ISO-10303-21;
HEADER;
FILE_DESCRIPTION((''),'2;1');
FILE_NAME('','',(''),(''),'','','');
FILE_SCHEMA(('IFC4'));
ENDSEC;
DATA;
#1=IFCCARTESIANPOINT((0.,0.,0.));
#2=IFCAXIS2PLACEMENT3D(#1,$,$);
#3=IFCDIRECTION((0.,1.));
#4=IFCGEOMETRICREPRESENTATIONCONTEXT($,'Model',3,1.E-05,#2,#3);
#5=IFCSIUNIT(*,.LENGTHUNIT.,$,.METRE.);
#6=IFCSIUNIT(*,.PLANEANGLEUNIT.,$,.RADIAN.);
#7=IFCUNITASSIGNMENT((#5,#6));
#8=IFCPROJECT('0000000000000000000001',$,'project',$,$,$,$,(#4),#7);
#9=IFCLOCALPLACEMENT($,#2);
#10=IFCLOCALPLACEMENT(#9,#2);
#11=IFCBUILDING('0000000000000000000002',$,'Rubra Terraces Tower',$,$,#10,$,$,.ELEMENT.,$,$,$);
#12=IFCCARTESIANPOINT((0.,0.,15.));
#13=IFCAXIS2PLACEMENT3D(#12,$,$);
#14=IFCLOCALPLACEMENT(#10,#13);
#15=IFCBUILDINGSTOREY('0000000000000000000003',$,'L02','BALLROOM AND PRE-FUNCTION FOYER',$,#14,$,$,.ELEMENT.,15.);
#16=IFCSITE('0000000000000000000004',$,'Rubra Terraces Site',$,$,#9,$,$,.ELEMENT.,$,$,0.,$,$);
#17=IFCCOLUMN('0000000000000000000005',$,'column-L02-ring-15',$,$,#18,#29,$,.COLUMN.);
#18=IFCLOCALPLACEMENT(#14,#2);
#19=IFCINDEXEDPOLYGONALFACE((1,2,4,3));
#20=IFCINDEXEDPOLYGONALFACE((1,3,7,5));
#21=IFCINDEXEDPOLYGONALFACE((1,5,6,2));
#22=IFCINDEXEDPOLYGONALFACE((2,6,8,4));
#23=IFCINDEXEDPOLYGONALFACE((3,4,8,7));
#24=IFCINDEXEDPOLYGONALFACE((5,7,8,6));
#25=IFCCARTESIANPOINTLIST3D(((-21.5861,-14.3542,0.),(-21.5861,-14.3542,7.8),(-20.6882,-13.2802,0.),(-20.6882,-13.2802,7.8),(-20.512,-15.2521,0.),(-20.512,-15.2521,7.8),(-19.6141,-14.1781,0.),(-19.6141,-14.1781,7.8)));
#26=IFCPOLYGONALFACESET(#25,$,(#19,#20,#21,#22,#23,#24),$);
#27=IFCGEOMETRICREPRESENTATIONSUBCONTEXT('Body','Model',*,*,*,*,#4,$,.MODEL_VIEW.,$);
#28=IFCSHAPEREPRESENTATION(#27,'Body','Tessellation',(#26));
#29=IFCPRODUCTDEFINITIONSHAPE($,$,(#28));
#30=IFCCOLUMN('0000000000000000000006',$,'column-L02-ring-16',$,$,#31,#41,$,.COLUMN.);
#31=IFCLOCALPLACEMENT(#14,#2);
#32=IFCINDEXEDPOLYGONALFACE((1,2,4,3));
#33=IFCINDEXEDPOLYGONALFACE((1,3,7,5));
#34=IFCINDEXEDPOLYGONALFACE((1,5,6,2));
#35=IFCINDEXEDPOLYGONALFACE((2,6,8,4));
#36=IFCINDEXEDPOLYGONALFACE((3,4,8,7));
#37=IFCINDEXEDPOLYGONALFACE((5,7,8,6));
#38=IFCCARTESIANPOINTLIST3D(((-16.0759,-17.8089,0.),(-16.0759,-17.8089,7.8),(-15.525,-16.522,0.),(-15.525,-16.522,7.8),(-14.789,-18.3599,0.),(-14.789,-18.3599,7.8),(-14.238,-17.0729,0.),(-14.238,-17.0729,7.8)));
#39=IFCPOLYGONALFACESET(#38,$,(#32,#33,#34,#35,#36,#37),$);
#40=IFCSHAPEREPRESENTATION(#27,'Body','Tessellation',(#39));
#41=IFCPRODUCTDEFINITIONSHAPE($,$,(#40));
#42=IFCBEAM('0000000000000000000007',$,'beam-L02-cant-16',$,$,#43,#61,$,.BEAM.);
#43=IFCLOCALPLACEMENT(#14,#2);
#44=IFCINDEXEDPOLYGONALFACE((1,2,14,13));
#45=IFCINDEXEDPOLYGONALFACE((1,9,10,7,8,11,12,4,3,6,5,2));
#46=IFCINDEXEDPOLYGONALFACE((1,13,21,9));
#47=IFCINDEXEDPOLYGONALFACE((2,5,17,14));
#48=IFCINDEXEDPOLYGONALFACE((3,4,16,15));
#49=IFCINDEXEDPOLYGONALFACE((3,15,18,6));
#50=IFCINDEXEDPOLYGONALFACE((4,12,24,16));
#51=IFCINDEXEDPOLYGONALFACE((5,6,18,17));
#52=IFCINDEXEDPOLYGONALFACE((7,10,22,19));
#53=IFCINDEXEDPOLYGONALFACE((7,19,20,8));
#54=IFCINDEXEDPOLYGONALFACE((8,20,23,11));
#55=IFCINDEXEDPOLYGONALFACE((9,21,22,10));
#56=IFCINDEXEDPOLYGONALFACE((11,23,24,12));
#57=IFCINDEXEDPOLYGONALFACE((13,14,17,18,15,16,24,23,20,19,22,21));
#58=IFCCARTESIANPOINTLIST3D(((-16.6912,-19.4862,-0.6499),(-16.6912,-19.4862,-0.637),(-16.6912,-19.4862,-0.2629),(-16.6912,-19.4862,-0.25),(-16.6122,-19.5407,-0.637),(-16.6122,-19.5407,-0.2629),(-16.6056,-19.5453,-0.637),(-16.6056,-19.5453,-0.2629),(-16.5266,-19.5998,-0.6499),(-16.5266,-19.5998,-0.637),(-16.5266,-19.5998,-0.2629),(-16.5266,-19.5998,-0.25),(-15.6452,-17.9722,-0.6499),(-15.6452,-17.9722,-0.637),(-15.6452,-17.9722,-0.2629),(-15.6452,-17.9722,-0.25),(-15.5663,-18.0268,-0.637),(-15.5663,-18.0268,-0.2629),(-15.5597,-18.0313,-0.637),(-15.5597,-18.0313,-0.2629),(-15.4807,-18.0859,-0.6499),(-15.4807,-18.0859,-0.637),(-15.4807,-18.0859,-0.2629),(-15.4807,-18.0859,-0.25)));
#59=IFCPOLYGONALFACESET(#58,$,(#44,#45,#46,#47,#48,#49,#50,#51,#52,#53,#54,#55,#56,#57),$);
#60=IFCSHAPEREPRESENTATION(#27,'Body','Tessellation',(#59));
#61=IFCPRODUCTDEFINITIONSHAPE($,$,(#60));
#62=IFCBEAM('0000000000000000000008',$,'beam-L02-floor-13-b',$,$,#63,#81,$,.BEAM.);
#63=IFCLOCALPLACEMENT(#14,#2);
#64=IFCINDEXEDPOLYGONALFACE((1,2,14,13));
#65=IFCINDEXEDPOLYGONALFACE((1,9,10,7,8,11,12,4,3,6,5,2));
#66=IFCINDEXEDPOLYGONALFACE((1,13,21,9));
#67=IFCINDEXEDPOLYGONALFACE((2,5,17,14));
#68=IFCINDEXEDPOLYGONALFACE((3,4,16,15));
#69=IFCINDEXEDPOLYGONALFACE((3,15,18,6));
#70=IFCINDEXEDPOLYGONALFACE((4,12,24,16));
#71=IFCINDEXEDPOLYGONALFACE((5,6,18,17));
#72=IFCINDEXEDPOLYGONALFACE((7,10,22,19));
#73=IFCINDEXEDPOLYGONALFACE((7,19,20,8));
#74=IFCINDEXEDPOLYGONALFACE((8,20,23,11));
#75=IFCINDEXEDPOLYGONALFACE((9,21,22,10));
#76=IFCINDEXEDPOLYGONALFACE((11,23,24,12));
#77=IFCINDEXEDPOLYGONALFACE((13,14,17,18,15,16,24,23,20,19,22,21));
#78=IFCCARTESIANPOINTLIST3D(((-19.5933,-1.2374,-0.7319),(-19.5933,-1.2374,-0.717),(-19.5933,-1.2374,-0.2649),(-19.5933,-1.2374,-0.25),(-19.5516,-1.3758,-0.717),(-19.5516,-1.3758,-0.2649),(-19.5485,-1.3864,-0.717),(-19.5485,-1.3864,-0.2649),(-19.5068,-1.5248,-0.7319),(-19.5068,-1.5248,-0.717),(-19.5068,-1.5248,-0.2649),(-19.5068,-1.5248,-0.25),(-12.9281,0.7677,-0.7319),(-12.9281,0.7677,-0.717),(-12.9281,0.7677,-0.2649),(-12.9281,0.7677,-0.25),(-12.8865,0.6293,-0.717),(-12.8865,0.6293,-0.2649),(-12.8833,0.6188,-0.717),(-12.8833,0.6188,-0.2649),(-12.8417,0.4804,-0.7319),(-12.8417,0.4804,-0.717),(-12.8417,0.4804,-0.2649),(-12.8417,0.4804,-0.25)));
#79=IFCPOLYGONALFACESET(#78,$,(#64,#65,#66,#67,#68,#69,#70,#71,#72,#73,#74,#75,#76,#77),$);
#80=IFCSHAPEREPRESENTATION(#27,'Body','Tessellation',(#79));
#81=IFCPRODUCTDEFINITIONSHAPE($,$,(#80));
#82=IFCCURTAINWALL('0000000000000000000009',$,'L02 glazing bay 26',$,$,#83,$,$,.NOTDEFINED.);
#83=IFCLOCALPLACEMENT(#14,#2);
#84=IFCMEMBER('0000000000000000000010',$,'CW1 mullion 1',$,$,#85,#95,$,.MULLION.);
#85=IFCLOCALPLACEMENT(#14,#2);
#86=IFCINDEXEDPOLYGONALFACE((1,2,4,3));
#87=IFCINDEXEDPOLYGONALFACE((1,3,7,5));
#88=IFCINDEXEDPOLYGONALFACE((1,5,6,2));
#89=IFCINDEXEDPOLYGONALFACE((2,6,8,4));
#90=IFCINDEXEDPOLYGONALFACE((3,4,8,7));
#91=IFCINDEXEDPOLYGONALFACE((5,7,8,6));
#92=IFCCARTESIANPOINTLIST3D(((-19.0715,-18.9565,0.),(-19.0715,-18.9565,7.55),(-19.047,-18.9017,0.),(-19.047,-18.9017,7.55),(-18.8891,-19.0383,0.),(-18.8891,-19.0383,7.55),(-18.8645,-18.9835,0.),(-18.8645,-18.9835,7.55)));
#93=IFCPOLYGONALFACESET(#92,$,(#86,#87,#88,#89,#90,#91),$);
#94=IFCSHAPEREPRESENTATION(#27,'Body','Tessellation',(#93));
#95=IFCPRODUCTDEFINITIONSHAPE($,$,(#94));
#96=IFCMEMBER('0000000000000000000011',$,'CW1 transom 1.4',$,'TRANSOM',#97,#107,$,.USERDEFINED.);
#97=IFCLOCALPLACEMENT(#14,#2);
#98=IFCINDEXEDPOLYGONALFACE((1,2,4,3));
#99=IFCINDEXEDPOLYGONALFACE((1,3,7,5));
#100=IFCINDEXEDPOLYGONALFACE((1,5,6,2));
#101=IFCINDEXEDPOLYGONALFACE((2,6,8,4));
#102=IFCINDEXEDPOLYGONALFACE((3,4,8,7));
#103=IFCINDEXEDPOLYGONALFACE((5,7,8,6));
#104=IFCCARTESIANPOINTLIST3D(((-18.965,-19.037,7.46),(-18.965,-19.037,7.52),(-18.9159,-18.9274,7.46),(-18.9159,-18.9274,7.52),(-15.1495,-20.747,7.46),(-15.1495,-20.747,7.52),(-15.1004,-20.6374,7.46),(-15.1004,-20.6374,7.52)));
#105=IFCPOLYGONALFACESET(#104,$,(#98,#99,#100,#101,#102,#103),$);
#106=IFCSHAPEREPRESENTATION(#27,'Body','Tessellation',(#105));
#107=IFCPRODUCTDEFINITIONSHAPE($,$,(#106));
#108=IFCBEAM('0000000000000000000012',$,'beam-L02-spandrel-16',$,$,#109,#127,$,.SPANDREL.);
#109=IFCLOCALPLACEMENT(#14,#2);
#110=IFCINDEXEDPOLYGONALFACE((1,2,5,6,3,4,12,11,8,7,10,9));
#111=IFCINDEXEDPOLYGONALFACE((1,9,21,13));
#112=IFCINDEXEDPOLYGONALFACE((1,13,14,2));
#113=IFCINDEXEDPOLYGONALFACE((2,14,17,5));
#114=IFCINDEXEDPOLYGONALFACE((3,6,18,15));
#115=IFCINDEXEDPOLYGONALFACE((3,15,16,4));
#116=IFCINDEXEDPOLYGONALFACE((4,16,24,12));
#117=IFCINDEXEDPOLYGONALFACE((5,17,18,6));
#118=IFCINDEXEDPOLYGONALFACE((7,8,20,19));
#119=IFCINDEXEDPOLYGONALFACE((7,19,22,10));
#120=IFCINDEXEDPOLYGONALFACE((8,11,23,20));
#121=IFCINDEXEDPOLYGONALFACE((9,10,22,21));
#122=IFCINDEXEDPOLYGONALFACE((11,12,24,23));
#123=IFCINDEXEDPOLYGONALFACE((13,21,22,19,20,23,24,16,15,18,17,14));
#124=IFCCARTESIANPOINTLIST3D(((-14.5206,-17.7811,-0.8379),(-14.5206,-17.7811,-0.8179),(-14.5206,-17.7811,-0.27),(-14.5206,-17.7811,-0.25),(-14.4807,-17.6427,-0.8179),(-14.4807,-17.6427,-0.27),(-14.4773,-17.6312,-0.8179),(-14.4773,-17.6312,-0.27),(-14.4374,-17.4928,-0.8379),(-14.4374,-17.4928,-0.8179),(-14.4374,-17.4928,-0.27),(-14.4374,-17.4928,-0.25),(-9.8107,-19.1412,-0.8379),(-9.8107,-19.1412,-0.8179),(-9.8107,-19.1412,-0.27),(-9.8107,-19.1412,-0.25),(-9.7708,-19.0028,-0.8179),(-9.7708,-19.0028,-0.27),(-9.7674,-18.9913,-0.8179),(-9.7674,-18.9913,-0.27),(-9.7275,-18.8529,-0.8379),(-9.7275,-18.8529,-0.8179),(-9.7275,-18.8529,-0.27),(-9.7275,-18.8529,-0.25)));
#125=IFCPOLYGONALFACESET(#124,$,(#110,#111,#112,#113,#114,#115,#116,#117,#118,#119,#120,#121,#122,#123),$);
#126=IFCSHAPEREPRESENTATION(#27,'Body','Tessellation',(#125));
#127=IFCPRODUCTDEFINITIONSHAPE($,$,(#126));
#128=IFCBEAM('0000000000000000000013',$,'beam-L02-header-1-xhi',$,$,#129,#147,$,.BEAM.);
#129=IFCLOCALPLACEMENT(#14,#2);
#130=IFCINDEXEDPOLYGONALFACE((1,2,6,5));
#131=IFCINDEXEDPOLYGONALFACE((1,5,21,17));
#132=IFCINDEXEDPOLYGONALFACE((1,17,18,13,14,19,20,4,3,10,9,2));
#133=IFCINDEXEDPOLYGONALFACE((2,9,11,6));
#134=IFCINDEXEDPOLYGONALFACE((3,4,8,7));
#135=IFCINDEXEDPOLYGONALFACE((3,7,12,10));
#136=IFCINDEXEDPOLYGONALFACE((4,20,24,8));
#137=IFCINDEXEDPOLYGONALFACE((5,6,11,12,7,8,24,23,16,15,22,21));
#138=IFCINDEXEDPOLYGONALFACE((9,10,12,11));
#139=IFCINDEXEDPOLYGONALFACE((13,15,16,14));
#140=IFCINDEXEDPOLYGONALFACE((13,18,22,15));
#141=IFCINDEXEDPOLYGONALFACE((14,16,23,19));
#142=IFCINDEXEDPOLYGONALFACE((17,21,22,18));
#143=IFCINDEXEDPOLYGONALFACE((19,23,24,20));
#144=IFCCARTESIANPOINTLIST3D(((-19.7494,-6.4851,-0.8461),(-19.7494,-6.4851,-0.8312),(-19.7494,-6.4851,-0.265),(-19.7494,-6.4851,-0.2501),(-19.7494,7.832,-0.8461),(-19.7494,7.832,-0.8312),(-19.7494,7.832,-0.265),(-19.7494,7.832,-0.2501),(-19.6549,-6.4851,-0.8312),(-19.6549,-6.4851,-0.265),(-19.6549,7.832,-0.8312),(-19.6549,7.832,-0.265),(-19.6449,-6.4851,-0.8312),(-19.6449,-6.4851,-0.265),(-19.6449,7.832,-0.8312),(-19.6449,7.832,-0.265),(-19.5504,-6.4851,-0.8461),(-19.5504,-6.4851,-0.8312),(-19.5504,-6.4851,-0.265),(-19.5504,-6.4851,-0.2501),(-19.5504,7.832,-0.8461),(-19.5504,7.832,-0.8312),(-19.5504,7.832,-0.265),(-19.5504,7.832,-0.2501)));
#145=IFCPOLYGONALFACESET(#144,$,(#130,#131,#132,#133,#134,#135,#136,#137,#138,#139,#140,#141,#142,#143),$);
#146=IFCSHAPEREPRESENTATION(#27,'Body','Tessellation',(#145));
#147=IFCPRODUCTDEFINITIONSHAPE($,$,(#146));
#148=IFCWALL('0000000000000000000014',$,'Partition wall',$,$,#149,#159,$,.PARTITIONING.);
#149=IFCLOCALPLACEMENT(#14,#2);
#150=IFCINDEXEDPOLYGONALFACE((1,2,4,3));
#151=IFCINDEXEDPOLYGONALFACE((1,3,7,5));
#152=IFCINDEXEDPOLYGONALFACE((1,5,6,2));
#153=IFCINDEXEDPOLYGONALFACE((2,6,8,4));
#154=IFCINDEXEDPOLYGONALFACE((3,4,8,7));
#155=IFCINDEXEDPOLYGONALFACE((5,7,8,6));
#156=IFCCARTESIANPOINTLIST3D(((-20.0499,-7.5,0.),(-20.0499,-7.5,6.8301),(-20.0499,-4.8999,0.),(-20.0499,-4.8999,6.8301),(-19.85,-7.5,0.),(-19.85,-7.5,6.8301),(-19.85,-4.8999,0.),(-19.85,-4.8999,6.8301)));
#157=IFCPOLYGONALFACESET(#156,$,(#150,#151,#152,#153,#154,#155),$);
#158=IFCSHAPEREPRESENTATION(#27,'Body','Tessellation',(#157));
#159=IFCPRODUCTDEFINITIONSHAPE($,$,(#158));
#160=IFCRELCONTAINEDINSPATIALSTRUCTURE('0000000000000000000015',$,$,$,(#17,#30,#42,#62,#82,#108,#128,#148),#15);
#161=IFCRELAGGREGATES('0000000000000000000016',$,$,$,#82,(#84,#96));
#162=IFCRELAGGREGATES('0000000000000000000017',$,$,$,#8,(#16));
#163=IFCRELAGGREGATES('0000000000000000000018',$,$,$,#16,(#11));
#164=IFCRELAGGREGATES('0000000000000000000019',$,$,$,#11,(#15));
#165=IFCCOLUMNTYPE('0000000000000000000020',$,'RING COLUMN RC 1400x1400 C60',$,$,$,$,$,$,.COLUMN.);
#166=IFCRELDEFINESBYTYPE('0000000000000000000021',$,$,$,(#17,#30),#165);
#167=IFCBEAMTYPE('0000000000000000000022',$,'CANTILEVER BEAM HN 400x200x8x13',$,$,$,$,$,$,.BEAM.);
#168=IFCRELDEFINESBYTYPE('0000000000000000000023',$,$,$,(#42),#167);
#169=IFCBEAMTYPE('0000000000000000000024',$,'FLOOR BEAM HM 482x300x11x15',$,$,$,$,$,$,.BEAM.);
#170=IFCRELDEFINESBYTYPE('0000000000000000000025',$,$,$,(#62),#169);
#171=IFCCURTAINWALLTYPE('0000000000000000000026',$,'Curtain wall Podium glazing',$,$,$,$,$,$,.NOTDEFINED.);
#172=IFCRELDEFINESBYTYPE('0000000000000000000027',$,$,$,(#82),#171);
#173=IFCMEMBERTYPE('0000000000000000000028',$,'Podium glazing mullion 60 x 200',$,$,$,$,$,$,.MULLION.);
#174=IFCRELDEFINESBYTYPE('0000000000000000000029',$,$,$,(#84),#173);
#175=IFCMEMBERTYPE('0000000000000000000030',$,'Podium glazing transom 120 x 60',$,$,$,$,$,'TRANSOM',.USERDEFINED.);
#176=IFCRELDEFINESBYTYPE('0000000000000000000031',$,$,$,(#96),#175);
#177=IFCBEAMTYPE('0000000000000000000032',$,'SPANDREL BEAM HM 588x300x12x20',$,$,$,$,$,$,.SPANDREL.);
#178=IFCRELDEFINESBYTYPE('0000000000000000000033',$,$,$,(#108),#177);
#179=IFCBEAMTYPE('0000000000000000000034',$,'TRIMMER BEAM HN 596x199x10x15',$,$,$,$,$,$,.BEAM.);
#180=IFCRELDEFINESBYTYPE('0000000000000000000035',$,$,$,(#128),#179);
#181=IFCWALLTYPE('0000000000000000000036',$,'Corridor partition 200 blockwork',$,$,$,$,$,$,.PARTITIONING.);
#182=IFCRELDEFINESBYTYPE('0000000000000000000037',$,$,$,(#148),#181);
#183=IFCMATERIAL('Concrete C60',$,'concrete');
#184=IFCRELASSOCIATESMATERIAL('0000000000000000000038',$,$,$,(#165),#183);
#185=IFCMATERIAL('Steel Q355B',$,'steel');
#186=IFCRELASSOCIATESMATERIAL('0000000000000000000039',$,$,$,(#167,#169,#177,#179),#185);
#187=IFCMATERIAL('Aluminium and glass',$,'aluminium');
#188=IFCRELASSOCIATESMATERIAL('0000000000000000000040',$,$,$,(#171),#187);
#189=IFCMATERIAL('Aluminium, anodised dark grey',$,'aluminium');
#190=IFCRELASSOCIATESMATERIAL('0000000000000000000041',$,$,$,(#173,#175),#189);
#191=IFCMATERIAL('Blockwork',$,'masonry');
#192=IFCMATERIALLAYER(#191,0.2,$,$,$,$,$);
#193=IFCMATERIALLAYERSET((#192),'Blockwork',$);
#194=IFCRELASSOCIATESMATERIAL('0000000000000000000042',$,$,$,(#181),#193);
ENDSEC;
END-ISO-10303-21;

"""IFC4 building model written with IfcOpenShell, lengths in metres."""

from ifc_helpers import new_model, si_unit, direction, frame, frame_2d, origin, origin_2d, place, context, subcontext, project, spatial, rectangle, i_section, extrude, material, layer, layer_set, material_profile, profile_set, type_object, element, aggregate, save


model = new_model("IFC4")

# Units and contexts
model_context = context("Model", 3, precision=1e-05, world=origin(), true_north=direction((0.0, 1.0)))
body_context = subcontext(model_context, "Body", "Model", "MODEL_VIEW")
ifc_project = project(units=[si_unit("LENGTHUNIT", "METRE"), si_unit("PLANEANGLEUNIT", "RADIAN")], contexts=[model_context])

# Site, building, storey
site_placement = place(None, origin())
site = spatial("IfcSite", under=ifc_project, at=site_placement, Name="Rubra Terraces Site", CompositionType="ELEMENT", RefElevation=0.0)
building_placement = place(site_placement, origin())
building = spatial("IfcBuilding", under=site, at=building_placement, Name="Rubra Terraces Tower", CompositionType="ELEMENT")
storey_placement = place(building_placement, frame((0.0, 0.0, 15.0)))
storey = spatial("IfcBuildingStorey", under=building, at=storey_placement, Name="L02", Description="BALLROOM AND PRE-FUNCTION FOYER", CompositionType="ELEMENT", Elevation=15.0)

# Columns
ifc_material_1 = material(Name="Concrete C60", Category="concrete")
ifc_material_profile_1 = material_profile(ifc_material_1, rectangle(XDim=1.3999, YDim=1.3999, at=origin_2d()), Name="RC 1400x1400")
ifc_profile_set_1 = profile_set([ifc_material_profile_1], Name="Concrete C60")
column_type = type_object("IfcColumnType", Name="RING COLUMN RC 1400x1400 C60", PredefinedType="COLUMN", material=ifc_profile_set_1)
for number, where, z_axis, x_axis, name in (
    (1, (-20.6001, -14.2661, 0.0), (0.0, 0.0, 1.0), (0.76721, -0.641397, 0.0), "column-L02-ring-15"),
    (2, (-15.157, -17.4409, 0.0), (0.0, 0.0, 1.0), (0.919294, -0.393572, 0.0), "column-L02-ring-16"),
):
    element("IfcColumn", number, at=place(storey_placement, frame(where, z_axis=z_axis, x_axis=x_axis)), inside=storey, type_object=column_type, Name=name, PredefinedType="COLUMN", context=body_context, shape_type="SweptSolid", body=[
        extrude(rectangle(XDim=1.3999, YDim=1.3999, at=origin_2d()), origin(), (0.0, 0.0, 1.0), 7.8),
    ])

# Beams
ifc_material_2 = material(Name="Steel Q355B", Category="steel")
ifc_material_profile_2 = material_profile(ifc_material_2, i_section(OverallWidth=0.2, OverallDepth=0.3999, WebThickness=0.0081, FlangeThickness=0.0129, at=origin_2d()), Name="HN 400x200x8x13")
ifc_profile_set_2 = profile_set([ifc_material_profile_2], Name="Steel Q355B")
beam_type_1 = type_object("IfcBeamType", Name="CANTILEVER BEAM HN 400x200x8x13", PredefinedType="BEAM", material=ifc_profile_set_2)
beam_1_placement = place(storey_placement, frame((-15.563, -18.0291, -0.45), z_axis=(-0.568402, -0.822751, 0.0), x_axis=(0.822751, -0.568402, 0.0)))
element("IfcBeam", 3, at=beam_1_placement, inside=storey, type_object=beam_type_1, Name="beam-L02-cant-16", PredefinedType="BEAM", context=body_context, shape_type="SweptSolid", body=[
    extrude(i_section(OverallWidth=0.2, OverallDepth=0.3999, WebThickness=0.0081, FlangeThickness=0.0129, at=origin_2d()), origin(), (0.0, 0.0, 1.0), 1.8401),
])
ifc_material_profile_3 = material_profile(ifc_material_2, i_section(OverallWidth=0.3, OverallDepth=0.4819, WebThickness=0.011, FlangeThickness=0.0149, at=origin_2d()), Name="HM 482x300x11x15")
ifc_profile_set_3 = profile_set([ifc_material_profile_3], Name="Steel Q355B")
beam_type_2 = type_object("IfcBeamType", Name="FLOOR BEAM HM 482x300x11x15", PredefinedType="BEAM", material=ifc_profile_set_3)
beam_2_placement = place(storey_placement, frame((-19.55, -1.3811, -0.491), z_axis=(0.957604, 0.288088, 0.0), x_axis=(-0.288088, 0.957604, 0.0)))
element("IfcBeam", 4, at=beam_2_placement, inside=storey, type_object=beam_type_2, Name="beam-L02-floor-13-b", PredefinedType="BEAM", context=body_context, shape_type="SweptSolid", body=[
    extrude(i_section(OverallWidth=0.3, OverallDepth=0.4819, WebThickness=0.011, FlangeThickness=0.0149, at=origin_2d()), origin(), (0.0, 0.0, 1.0), 6.9602),
])

# Curtain wall, members
ifc_material_3 = material(Name="Aluminium and glass", Category="aluminium")
curtain_wall_type = type_object("IfcCurtainWallType", Name="Curtain wall Podium glazing", PredefinedType="NOTDEFINED", material=ifc_material_3)
curtain_wall_placement = place(storey_placement, origin())
curtain_wall = element("IfcCurtainWall", 5, at=curtain_wall_placement, inside=storey, type_object=curtain_wall_type, Name="L02 glazing bay 26", PredefinedType="NOTDEFINED")
ifc_material_4 = material(Name="Aluminium, anodised dark grey", Category="aluminium")
ifc_material_profile_4 = material_profile(ifc_material_4, rectangle(XDim=0.0601, YDim=0.2, at=origin_2d()), Name="AL 60x200")
ifc_profile_set_4 = profile_set([ifc_material_profile_4], Name="Aluminium, anodised dark grey")
member_type_1 = type_object("IfcMemberType", Name="Podium glazing mullion 60 x 200", PredefinedType="MULLION", material=ifc_profile_set_4)
member_1_placement = place(storey_placement, frame((-18.968, -18.97, 0.0), z_axis=(0.0, 0.0, 1.0), x_axis=(0.408962, 0.912551, 0.0)))
member_1 = element("IfcMember", 6, at=member_1_placement, type_object=member_type_1, Name="CW1 mullion 1", PredefinedType="MULLION", context=body_context, shape_type="SweptSolid", body=[
    extrude(rectangle(XDim=0.0601, YDim=0.2, at=origin_2d()), origin(), (0.0, 0.0, 1.0), 7.55),
])
ifc_material_profile_5 = material_profile(ifc_material_4, rectangle(XDim=0.1201, YDim=0.0601, at=origin_2d()), Name="AL 120x60")
ifc_profile_set_5 = profile_set([ifc_material_profile_5], Name="Aluminium, anodised dark grey")
member_type_2 = type_object("IfcMemberType", Name="Podium glazing transom 120 x 60", ElementType="TRANSOM", PredefinedType="USERDEFINED", material=ifc_profile_set_5)
member_2_placement = place(storey_placement, frame((-18.9404, -18.9822, 7.49), z_axis=(0.912545, -0.408975, 0.0), x_axis=(0.408975, 0.912545, 0.0)))
member_2 = element("IfcMember", 7, at=member_2_placement, type_object=member_type_2, Name="CW1 transom 1.4", ObjectType="TRANSOM", PredefinedType="USERDEFINED", context=body_context, shape_type="SweptSolid", body=[
    extrude(rectangle(XDim=0.1201, YDim=0.0601, at=origin_2d()), origin(), (0.0, 0.0, 1.0), 4.1812),
])
aggregate(curtain_wall, [member_1, member_2])

# Beams
ifc_material_profile_6 = material_profile(ifc_material_2, i_section(OverallWidth=0.3, OverallDepth=0.5879, WebThickness=0.012, FlangeThickness=0.02, at=origin_2d()), Name="HM 588x300x12x20")
ifc_profile_set_6 = profile_set([ifc_material_profile_6], Name="Steel Q355B")
beam_type_3 = type_object("IfcBeamType", Name="SPANDREL BEAM HM 588x300x12x20", PredefinedType="SPANDREL", material=ifc_profile_set_6)
beam_3_placement = place(storey_placement, frame((-14.479, -17.637, -0.5439), z_axis=(0.960744, -0.277436, 0.0), x_axis=(0.277436, 0.960744, 0.0)))
element("IfcBeam", 8, at=beam_3_placement, inside=storey, type_object=beam_type_3, Name="beam-L02-spandrel-16", PredefinedType="SPANDREL", context=body_context, shape_type="SweptSolid", body=[
    extrude(i_section(OverallWidth=0.3, OverallDepth=0.5879, WebThickness=0.012, FlangeThickness=0.02, at=origin_2d()), origin(), (0.0, 0.0, 1.0), 4.9023),
])
ifc_material_profile_7 = material_profile(ifc_material_2, i_section(OverallWidth=0.199, OverallDepth=0.5959, WebThickness=0.01, FlangeThickness=0.0149, at=origin_2d()), Name="HN 596x199x10x15")
ifc_profile_set_7 = profile_set([ifc_material_profile_7], Name="Steel Q355B")
beam_type_4 = type_object("IfcBeamType", Name="TRIMMER BEAM HN 596x199x10x15", PredefinedType="BEAM", material=ifc_profile_set_7)
beam_4_placement = place(storey_placement, frame((-19.6499, -6.4851, -0.5481), z_axis=(0.0, 1.0, 0.0), x_axis=(-1.0, 0.0, 0.0)))
element("IfcBeam", 9, at=beam_4_placement, inside=storey, type_object=beam_type_4, Name="beam-L02-header-1-xhi", PredefinedType="BEAM", context=body_context, shape_type="SweptSolid", body=[
    extrude(i_section(OverallWidth=0.199, OverallDepth=0.5959, WebThickness=0.01, FlangeThickness=0.0149, at=origin_2d()), origin(), (0.0, 0.0, 1.0), 14.3171),
])

# Wall
ifc_material_5 = material(Name="Blockwork", Category="masonry")
ifc_layer_1 = layer(ifc_material_5, 0.2)
ifc_layer_set_1 = layer_set([ifc_layer_1], Name="Blockwork")
wall_type_1 = type_object("IfcWallType", Name="Corridor partition 200 blockwork", PredefinedType="PARTITIONING", material=ifc_layer_set_1)
wall_1_placement = place(storey_placement, frame((-19.95, -4.8999, 0.0), z_axis=(0.0, 0.0, 1.0), x_axis=(0.0, -1.0, 0.0)))
element("IfcWall", 10, at=wall_1_placement, inside=storey, type_object=wall_type_1, Name="Partition wall", PredefinedType="PARTITIONING", context=body_context, shape_type="SweptSolid", body=[
    extrude(rectangle(XDim=2.6001, YDim=0.2, at=frame_2d((1.3, 0.0))), origin(), (0.0, 0.0, 1.0), 6.8301),
])

save(model, "model.ifc")
